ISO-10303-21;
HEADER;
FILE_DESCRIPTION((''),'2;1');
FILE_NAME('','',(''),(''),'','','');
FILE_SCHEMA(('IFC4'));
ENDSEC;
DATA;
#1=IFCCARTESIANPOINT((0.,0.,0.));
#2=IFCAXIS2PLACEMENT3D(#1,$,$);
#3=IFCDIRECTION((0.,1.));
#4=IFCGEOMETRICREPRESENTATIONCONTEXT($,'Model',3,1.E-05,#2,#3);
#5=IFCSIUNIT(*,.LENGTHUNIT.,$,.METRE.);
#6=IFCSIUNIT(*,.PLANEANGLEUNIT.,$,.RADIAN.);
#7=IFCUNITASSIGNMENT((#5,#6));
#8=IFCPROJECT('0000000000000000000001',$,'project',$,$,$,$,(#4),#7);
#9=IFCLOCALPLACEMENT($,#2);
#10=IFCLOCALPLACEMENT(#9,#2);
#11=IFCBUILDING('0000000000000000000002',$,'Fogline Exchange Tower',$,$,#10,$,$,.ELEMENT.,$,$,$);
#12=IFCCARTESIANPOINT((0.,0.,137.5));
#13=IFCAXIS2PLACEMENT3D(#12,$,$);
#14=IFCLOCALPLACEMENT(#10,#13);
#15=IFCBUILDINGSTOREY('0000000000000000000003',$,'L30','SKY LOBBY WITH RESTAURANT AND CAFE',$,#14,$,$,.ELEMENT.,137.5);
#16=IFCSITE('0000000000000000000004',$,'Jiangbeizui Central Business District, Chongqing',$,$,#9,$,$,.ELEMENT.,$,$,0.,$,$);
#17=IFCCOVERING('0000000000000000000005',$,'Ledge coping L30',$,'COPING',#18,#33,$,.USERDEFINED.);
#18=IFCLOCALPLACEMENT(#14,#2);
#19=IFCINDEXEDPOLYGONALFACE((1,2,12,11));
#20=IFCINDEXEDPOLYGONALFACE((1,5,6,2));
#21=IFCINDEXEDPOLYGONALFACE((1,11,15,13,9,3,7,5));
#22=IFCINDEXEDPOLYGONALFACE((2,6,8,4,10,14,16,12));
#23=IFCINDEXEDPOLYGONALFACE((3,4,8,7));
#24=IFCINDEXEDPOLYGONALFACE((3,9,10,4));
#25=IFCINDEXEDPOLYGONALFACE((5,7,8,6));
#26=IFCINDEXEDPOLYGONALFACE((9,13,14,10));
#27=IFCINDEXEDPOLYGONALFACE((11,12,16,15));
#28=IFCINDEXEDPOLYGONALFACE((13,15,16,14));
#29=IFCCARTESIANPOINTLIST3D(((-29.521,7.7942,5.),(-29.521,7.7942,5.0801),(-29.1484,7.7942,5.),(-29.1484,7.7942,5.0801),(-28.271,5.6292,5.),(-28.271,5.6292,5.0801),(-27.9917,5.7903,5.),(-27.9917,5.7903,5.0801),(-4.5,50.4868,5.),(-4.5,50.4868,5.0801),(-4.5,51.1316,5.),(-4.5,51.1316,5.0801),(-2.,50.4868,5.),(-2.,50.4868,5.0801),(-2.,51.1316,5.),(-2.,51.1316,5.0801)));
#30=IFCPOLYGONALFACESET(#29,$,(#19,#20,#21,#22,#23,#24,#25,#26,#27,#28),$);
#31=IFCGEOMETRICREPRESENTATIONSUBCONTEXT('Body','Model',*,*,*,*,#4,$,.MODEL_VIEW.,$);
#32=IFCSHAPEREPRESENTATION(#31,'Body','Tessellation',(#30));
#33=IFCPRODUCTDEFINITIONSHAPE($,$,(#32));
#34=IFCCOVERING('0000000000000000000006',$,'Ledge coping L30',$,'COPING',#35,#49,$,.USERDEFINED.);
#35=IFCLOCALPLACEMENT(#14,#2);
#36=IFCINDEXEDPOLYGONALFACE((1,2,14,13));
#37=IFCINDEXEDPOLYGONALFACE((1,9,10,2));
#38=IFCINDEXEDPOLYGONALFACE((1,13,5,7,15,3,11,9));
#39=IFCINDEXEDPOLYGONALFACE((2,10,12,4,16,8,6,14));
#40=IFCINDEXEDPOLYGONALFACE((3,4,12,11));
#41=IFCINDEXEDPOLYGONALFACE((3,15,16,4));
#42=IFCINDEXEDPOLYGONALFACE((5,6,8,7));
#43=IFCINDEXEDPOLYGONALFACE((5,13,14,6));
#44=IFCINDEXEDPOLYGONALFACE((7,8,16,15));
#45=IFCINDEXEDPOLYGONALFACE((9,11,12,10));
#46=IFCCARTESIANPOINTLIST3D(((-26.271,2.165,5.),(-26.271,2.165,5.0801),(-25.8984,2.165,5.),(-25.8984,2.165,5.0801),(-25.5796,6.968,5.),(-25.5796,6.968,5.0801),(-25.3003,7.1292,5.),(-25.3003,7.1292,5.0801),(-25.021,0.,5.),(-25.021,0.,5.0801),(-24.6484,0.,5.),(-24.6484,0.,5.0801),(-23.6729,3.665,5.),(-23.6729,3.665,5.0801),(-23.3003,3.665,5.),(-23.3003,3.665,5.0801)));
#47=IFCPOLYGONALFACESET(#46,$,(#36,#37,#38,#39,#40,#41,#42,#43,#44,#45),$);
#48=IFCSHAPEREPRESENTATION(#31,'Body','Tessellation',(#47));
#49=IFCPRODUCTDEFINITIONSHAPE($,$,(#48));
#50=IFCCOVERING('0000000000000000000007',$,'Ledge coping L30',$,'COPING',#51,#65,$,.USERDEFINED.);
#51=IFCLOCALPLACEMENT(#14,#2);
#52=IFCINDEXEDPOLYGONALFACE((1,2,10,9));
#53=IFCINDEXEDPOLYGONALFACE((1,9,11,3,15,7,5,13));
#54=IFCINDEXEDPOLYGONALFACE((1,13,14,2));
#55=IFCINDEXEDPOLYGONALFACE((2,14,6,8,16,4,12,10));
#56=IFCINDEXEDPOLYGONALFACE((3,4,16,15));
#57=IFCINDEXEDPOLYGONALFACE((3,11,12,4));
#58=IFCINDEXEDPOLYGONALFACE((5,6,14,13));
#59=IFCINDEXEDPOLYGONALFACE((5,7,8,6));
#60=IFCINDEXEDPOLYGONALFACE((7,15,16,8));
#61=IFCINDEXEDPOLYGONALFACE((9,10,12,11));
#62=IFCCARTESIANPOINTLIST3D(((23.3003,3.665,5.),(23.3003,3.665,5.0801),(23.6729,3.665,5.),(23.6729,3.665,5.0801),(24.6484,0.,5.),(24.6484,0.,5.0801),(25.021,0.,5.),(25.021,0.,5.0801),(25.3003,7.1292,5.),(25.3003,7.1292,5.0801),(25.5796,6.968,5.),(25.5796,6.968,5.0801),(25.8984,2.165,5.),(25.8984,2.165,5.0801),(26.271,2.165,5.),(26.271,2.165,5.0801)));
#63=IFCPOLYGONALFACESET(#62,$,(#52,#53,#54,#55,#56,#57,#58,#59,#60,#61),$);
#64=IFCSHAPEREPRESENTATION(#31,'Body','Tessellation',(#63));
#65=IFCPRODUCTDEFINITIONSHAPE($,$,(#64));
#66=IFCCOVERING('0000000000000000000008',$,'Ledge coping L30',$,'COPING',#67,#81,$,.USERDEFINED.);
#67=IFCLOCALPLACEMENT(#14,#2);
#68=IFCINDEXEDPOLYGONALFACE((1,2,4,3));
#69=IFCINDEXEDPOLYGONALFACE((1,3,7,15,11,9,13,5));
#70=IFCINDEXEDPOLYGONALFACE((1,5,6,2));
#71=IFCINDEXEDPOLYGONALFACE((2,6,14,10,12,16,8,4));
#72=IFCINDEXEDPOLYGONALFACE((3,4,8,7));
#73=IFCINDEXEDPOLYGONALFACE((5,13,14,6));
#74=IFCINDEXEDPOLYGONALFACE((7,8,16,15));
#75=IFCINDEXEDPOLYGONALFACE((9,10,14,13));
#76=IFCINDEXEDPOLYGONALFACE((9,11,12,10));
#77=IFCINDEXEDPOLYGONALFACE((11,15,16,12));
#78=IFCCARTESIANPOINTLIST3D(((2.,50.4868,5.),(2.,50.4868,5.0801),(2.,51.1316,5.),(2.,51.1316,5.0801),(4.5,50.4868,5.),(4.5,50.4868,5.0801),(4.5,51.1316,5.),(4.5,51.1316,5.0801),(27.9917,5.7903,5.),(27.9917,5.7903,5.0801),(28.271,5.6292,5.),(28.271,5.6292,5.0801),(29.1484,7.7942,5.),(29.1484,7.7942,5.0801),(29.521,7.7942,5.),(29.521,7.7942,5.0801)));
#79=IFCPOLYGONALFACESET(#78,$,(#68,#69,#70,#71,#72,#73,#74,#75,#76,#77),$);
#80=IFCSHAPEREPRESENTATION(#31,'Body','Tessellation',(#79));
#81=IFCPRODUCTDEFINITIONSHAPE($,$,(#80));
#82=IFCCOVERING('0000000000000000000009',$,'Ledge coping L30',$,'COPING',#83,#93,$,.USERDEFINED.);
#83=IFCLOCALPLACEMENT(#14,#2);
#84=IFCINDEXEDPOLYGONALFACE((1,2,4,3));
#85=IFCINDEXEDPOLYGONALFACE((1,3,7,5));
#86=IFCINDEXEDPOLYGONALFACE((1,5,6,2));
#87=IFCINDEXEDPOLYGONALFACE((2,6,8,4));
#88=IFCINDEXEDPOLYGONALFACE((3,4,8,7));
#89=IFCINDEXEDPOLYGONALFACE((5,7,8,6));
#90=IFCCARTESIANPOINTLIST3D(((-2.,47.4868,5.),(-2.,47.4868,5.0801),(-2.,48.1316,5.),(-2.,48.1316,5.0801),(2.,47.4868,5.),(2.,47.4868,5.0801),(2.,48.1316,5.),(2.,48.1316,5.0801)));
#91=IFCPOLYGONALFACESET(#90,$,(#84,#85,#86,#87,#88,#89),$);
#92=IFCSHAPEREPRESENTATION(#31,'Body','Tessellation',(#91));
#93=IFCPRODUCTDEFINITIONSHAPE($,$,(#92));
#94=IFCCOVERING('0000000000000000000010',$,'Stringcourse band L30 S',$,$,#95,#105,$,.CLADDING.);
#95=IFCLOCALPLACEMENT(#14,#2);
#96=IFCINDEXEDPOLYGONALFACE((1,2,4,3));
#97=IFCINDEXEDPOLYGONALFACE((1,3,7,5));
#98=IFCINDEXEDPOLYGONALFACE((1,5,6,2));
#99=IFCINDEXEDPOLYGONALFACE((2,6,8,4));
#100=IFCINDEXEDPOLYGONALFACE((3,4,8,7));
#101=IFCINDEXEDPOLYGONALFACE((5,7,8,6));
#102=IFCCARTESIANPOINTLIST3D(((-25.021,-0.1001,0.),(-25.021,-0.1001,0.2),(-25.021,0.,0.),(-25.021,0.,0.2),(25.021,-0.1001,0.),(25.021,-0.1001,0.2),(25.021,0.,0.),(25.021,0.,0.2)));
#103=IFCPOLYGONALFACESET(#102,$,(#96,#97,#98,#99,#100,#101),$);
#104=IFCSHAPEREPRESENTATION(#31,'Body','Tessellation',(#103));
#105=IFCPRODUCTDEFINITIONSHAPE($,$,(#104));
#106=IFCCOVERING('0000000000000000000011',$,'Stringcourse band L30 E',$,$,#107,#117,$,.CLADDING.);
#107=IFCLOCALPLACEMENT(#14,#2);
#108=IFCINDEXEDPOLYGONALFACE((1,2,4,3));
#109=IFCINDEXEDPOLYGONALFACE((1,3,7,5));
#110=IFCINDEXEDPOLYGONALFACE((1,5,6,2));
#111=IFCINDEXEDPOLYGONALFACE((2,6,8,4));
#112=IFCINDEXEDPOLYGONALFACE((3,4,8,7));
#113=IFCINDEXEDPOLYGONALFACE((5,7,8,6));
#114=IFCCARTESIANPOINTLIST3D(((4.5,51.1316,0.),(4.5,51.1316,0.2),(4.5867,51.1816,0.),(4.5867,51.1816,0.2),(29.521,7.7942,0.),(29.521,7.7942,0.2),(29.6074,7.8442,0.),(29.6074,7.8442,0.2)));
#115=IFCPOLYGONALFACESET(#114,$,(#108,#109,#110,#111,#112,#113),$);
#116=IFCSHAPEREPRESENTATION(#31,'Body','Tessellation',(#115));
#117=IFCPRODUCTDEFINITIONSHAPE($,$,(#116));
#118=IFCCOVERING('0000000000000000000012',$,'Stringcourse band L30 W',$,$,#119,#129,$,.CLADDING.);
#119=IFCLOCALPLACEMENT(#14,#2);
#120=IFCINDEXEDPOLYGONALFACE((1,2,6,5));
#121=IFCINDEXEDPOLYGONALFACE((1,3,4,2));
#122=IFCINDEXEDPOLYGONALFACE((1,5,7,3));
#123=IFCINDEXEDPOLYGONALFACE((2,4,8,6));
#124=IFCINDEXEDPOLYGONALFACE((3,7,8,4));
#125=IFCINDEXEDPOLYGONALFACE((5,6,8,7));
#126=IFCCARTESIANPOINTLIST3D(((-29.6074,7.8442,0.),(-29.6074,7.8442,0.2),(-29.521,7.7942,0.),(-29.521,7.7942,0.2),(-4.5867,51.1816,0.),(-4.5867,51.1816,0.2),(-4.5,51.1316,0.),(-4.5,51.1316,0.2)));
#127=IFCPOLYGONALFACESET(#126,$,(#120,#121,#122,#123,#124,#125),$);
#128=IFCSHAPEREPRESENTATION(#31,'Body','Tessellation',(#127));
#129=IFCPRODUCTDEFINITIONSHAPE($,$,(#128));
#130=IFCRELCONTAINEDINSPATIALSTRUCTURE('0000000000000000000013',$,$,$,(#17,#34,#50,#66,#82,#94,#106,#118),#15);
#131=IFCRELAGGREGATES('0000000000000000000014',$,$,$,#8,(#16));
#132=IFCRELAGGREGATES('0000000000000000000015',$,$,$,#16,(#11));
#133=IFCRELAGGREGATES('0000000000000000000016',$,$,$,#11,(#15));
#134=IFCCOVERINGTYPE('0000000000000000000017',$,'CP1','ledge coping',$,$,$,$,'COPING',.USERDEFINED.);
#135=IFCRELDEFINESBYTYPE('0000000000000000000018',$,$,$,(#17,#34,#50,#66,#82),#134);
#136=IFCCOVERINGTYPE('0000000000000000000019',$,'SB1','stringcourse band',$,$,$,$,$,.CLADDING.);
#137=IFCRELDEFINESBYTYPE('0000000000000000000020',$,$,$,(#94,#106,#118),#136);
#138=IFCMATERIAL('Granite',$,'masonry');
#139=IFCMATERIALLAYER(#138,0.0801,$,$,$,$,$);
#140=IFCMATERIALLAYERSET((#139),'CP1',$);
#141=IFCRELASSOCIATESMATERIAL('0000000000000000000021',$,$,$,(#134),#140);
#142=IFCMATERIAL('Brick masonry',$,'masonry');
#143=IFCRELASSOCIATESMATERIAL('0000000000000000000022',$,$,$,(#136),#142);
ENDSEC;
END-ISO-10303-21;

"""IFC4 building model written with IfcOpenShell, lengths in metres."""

from ifc_helpers import new_model, si_unit, direction, frame, origin, place, context, subcontext, project, spatial, polyline, outline, extrude, material, layer, layer_set, type_object, element, save


model = new_model("IFC4")

# Units and contexts
model_context = context("Model", 3, precision=1e-05, world=origin(), true_north=direction((0.0, 1.0)))
body_context = subcontext(model_context, "Body", "Model", "MODEL_VIEW")
ifc_project = project(units=[si_unit("LENGTHUNIT", "METRE"), si_unit("PLANEANGLEUNIT", "RADIAN")], contexts=[model_context])

# Site, building, storey
site_placement = place(None, origin())
site = spatial("IfcSite", under=ifc_project, at=site_placement, Name="Jiangbeizui Central Business District, Chongqing", CompositionType="ELEMENT", RefElevation=0.0)
building_placement = place(site_placement, origin())
building = spatial("IfcBuilding", under=site, at=building_placement, Name="Fogline Exchange Tower", CompositionType="ELEMENT")
storey_placement = place(building_placement, frame((0.0, 0.0, 137.5)))
storey = spatial("IfcBuildingStorey", under=building, at=storey_placement, Name="L30", Description="SKY LOBBY WITH RESTAURANT AND CAFE", CompositionType="ELEMENT", Elevation=137.5)

# Shared definitions
ifc_material_1 = material(Name="Brick masonry", Category="masonry")

# Coverings
ifc_material_2 = material(Name="Granite", Category="masonry")
ifc_layer_1 = layer(ifc_material_2, 0.0801)
ifc_layer_set_1 = layer_set([ifc_layer_1], Name="CP1")
covering_type_1 = type_object("IfcCoveringType", Name="CP1", Description="ledge coping", ElementType="COPING", PredefinedType="USERDEFINED", material=ifc_layer_set_1)
covering_1_placement = place(storey_placement, frame((0.0, 0.0, 5.0)))
element("IfcCovering", 1, at=covering_1_placement, inside=storey, type_object=covering_type_1, Name="Ledge coping L30", ObjectType="COPING", PredefinedType="USERDEFINED", context=body_context, shape_type="SweptSolid", body=[
    extrude(outline(polyline([(-28.271, 5.6292), (-27.9917, 5.7903), (-29.1484, 7.7942), (-4.5, 50.4868), (-2.0, 50.4868), (-2.0, 51.1316), (-4.5, 51.1316), (-29.521, 7.7942), (-28.271, 5.6292)])), origin(), (0.0, 0.0, 1.0), 0.0801),
])
covering_2_placement = place(storey_placement, frame((0.0, 0.0, 5.0)))
element("IfcCovering", 2, at=covering_2_placement, inside=storey, type_object=covering_type_1, Name="Ledge coping L30", ObjectType="COPING", PredefinedType="USERDEFINED", context=body_context, shape_type="SweptSolid", body=[
    extrude(outline(polyline([(-25.021, 0.0), (-24.6484, 0.0), (-25.8984, 2.165), (-23.3003, 3.665), (-25.3003, 7.1292), (-25.5796, 6.968), (-23.6729, 3.665), (-26.271, 2.165), (-25.021, 0.0)])), origin(), (0.0, 0.0, 1.0), 0.0801),
])
covering_3_placement = place(storey_placement, frame((0.0, 0.0, 5.0)))
element("IfcCovering", 3, at=covering_3_placement, inside=storey, type_object=covering_type_1, Name="Ledge coping L30", ObjectType="COPING", PredefinedType="USERDEFINED", context=body_context, shape_type="SweptSolid", body=[
    extrude(outline(polyline([(23.6729, 3.665), (25.5796, 6.968), (25.3003, 7.1292), (23.3003, 3.665), (25.8984, 2.165), (24.6484, 0.0), (25.021, 0.0), (26.271, 2.165), (23.6729, 3.665)])), origin(), (0.0, 0.0, 1.0), 0.0801),
])
covering_4_placement = place(storey_placement, frame((0.0, 0.0, 5.0)))
element("IfcCovering", 4, at=covering_4_placement, inside=storey, type_object=covering_type_1, Name="Ledge coping L30", ObjectType="COPING", PredefinedType="USERDEFINED", context=body_context, shape_type="SweptSolid", body=[
    extrude(outline(polyline([(2.0, 51.1316), (2.0, 50.4868), (4.5, 50.4868), (29.1484, 7.7942), (27.9917, 5.7903), (28.271, 5.6292), (29.521, 7.7942), (4.5, 51.1316), (2.0, 51.1316)])), origin(), (0.0, 0.0, 1.0), 0.0801),
])
covering_5_placement = place(storey_placement, frame((0.0, 0.0, 5.0)))
element("IfcCovering", 5, at=covering_5_placement, inside=storey, type_object=covering_type_1, Name="Ledge coping L30", ObjectType="COPING", PredefinedType="USERDEFINED", context=body_context, shape_type="SweptSolid", body=[
    extrude(outline(polyline([(2.0, 48.1316), (-2.0, 48.1316), (-2.0, 47.4868), (2.0, 47.4868), (2.0, 48.1316)])), origin(), (0.0, 0.0, 1.0), 0.0801),
])
covering_type_2 = type_object("IfcCoveringType", Name="SB1", Description="stringcourse band", PredefinedType="CLADDING", material=ifc_material_1)
covering_6_placement = place(storey_placement, origin())
element("IfcCovering", 6, at=covering_6_placement, inside=storey, type_object=covering_type_2, Name="Stringcourse band L30 S", PredefinedType="CLADDING", context=body_context, shape_type="SweptSolid", body=[
    extrude(outline(polyline([(-25.021, 0.0), (-25.021, -0.1001), (25.021, -0.1001), (25.021, 0.0), (-25.021, 0.0)])), origin(), (0.0, 0.0, 1.0), 0.2),
])
covering_7_placement = place(storey_placement, origin())
element("IfcCovering", 7, at=covering_7_placement, inside=storey, type_object=covering_type_2, Name="Stringcourse band L30 E", PredefinedType="CLADDING", context=body_context, shape_type="SweptSolid", body=[
    extrude(outline(polyline([(29.521, 7.7942), (29.6074, 7.8442), (4.5867, 51.1816), (4.5, 51.1316), (29.521, 7.7942)])), origin(), (0.0, 0.0, 1.0), 0.2),
])
covering_8_placement = place(storey_placement, origin())
element("IfcCovering", 8, at=covering_8_placement, inside=storey, type_object=covering_type_2, Name="Stringcourse band L30 W", PredefinedType="CLADDING", context=body_context, shape_type="SweptSolid", body=[
    extrude(outline(polyline([(-4.5, 51.1316), (-4.5867, 51.1816), (-29.6074, 7.8442), (-29.521, 7.7942), (-4.5, 51.1316)])), origin(), (0.0, 0.0, 1.0), 0.2),
])

save(model, "model.ifc")
